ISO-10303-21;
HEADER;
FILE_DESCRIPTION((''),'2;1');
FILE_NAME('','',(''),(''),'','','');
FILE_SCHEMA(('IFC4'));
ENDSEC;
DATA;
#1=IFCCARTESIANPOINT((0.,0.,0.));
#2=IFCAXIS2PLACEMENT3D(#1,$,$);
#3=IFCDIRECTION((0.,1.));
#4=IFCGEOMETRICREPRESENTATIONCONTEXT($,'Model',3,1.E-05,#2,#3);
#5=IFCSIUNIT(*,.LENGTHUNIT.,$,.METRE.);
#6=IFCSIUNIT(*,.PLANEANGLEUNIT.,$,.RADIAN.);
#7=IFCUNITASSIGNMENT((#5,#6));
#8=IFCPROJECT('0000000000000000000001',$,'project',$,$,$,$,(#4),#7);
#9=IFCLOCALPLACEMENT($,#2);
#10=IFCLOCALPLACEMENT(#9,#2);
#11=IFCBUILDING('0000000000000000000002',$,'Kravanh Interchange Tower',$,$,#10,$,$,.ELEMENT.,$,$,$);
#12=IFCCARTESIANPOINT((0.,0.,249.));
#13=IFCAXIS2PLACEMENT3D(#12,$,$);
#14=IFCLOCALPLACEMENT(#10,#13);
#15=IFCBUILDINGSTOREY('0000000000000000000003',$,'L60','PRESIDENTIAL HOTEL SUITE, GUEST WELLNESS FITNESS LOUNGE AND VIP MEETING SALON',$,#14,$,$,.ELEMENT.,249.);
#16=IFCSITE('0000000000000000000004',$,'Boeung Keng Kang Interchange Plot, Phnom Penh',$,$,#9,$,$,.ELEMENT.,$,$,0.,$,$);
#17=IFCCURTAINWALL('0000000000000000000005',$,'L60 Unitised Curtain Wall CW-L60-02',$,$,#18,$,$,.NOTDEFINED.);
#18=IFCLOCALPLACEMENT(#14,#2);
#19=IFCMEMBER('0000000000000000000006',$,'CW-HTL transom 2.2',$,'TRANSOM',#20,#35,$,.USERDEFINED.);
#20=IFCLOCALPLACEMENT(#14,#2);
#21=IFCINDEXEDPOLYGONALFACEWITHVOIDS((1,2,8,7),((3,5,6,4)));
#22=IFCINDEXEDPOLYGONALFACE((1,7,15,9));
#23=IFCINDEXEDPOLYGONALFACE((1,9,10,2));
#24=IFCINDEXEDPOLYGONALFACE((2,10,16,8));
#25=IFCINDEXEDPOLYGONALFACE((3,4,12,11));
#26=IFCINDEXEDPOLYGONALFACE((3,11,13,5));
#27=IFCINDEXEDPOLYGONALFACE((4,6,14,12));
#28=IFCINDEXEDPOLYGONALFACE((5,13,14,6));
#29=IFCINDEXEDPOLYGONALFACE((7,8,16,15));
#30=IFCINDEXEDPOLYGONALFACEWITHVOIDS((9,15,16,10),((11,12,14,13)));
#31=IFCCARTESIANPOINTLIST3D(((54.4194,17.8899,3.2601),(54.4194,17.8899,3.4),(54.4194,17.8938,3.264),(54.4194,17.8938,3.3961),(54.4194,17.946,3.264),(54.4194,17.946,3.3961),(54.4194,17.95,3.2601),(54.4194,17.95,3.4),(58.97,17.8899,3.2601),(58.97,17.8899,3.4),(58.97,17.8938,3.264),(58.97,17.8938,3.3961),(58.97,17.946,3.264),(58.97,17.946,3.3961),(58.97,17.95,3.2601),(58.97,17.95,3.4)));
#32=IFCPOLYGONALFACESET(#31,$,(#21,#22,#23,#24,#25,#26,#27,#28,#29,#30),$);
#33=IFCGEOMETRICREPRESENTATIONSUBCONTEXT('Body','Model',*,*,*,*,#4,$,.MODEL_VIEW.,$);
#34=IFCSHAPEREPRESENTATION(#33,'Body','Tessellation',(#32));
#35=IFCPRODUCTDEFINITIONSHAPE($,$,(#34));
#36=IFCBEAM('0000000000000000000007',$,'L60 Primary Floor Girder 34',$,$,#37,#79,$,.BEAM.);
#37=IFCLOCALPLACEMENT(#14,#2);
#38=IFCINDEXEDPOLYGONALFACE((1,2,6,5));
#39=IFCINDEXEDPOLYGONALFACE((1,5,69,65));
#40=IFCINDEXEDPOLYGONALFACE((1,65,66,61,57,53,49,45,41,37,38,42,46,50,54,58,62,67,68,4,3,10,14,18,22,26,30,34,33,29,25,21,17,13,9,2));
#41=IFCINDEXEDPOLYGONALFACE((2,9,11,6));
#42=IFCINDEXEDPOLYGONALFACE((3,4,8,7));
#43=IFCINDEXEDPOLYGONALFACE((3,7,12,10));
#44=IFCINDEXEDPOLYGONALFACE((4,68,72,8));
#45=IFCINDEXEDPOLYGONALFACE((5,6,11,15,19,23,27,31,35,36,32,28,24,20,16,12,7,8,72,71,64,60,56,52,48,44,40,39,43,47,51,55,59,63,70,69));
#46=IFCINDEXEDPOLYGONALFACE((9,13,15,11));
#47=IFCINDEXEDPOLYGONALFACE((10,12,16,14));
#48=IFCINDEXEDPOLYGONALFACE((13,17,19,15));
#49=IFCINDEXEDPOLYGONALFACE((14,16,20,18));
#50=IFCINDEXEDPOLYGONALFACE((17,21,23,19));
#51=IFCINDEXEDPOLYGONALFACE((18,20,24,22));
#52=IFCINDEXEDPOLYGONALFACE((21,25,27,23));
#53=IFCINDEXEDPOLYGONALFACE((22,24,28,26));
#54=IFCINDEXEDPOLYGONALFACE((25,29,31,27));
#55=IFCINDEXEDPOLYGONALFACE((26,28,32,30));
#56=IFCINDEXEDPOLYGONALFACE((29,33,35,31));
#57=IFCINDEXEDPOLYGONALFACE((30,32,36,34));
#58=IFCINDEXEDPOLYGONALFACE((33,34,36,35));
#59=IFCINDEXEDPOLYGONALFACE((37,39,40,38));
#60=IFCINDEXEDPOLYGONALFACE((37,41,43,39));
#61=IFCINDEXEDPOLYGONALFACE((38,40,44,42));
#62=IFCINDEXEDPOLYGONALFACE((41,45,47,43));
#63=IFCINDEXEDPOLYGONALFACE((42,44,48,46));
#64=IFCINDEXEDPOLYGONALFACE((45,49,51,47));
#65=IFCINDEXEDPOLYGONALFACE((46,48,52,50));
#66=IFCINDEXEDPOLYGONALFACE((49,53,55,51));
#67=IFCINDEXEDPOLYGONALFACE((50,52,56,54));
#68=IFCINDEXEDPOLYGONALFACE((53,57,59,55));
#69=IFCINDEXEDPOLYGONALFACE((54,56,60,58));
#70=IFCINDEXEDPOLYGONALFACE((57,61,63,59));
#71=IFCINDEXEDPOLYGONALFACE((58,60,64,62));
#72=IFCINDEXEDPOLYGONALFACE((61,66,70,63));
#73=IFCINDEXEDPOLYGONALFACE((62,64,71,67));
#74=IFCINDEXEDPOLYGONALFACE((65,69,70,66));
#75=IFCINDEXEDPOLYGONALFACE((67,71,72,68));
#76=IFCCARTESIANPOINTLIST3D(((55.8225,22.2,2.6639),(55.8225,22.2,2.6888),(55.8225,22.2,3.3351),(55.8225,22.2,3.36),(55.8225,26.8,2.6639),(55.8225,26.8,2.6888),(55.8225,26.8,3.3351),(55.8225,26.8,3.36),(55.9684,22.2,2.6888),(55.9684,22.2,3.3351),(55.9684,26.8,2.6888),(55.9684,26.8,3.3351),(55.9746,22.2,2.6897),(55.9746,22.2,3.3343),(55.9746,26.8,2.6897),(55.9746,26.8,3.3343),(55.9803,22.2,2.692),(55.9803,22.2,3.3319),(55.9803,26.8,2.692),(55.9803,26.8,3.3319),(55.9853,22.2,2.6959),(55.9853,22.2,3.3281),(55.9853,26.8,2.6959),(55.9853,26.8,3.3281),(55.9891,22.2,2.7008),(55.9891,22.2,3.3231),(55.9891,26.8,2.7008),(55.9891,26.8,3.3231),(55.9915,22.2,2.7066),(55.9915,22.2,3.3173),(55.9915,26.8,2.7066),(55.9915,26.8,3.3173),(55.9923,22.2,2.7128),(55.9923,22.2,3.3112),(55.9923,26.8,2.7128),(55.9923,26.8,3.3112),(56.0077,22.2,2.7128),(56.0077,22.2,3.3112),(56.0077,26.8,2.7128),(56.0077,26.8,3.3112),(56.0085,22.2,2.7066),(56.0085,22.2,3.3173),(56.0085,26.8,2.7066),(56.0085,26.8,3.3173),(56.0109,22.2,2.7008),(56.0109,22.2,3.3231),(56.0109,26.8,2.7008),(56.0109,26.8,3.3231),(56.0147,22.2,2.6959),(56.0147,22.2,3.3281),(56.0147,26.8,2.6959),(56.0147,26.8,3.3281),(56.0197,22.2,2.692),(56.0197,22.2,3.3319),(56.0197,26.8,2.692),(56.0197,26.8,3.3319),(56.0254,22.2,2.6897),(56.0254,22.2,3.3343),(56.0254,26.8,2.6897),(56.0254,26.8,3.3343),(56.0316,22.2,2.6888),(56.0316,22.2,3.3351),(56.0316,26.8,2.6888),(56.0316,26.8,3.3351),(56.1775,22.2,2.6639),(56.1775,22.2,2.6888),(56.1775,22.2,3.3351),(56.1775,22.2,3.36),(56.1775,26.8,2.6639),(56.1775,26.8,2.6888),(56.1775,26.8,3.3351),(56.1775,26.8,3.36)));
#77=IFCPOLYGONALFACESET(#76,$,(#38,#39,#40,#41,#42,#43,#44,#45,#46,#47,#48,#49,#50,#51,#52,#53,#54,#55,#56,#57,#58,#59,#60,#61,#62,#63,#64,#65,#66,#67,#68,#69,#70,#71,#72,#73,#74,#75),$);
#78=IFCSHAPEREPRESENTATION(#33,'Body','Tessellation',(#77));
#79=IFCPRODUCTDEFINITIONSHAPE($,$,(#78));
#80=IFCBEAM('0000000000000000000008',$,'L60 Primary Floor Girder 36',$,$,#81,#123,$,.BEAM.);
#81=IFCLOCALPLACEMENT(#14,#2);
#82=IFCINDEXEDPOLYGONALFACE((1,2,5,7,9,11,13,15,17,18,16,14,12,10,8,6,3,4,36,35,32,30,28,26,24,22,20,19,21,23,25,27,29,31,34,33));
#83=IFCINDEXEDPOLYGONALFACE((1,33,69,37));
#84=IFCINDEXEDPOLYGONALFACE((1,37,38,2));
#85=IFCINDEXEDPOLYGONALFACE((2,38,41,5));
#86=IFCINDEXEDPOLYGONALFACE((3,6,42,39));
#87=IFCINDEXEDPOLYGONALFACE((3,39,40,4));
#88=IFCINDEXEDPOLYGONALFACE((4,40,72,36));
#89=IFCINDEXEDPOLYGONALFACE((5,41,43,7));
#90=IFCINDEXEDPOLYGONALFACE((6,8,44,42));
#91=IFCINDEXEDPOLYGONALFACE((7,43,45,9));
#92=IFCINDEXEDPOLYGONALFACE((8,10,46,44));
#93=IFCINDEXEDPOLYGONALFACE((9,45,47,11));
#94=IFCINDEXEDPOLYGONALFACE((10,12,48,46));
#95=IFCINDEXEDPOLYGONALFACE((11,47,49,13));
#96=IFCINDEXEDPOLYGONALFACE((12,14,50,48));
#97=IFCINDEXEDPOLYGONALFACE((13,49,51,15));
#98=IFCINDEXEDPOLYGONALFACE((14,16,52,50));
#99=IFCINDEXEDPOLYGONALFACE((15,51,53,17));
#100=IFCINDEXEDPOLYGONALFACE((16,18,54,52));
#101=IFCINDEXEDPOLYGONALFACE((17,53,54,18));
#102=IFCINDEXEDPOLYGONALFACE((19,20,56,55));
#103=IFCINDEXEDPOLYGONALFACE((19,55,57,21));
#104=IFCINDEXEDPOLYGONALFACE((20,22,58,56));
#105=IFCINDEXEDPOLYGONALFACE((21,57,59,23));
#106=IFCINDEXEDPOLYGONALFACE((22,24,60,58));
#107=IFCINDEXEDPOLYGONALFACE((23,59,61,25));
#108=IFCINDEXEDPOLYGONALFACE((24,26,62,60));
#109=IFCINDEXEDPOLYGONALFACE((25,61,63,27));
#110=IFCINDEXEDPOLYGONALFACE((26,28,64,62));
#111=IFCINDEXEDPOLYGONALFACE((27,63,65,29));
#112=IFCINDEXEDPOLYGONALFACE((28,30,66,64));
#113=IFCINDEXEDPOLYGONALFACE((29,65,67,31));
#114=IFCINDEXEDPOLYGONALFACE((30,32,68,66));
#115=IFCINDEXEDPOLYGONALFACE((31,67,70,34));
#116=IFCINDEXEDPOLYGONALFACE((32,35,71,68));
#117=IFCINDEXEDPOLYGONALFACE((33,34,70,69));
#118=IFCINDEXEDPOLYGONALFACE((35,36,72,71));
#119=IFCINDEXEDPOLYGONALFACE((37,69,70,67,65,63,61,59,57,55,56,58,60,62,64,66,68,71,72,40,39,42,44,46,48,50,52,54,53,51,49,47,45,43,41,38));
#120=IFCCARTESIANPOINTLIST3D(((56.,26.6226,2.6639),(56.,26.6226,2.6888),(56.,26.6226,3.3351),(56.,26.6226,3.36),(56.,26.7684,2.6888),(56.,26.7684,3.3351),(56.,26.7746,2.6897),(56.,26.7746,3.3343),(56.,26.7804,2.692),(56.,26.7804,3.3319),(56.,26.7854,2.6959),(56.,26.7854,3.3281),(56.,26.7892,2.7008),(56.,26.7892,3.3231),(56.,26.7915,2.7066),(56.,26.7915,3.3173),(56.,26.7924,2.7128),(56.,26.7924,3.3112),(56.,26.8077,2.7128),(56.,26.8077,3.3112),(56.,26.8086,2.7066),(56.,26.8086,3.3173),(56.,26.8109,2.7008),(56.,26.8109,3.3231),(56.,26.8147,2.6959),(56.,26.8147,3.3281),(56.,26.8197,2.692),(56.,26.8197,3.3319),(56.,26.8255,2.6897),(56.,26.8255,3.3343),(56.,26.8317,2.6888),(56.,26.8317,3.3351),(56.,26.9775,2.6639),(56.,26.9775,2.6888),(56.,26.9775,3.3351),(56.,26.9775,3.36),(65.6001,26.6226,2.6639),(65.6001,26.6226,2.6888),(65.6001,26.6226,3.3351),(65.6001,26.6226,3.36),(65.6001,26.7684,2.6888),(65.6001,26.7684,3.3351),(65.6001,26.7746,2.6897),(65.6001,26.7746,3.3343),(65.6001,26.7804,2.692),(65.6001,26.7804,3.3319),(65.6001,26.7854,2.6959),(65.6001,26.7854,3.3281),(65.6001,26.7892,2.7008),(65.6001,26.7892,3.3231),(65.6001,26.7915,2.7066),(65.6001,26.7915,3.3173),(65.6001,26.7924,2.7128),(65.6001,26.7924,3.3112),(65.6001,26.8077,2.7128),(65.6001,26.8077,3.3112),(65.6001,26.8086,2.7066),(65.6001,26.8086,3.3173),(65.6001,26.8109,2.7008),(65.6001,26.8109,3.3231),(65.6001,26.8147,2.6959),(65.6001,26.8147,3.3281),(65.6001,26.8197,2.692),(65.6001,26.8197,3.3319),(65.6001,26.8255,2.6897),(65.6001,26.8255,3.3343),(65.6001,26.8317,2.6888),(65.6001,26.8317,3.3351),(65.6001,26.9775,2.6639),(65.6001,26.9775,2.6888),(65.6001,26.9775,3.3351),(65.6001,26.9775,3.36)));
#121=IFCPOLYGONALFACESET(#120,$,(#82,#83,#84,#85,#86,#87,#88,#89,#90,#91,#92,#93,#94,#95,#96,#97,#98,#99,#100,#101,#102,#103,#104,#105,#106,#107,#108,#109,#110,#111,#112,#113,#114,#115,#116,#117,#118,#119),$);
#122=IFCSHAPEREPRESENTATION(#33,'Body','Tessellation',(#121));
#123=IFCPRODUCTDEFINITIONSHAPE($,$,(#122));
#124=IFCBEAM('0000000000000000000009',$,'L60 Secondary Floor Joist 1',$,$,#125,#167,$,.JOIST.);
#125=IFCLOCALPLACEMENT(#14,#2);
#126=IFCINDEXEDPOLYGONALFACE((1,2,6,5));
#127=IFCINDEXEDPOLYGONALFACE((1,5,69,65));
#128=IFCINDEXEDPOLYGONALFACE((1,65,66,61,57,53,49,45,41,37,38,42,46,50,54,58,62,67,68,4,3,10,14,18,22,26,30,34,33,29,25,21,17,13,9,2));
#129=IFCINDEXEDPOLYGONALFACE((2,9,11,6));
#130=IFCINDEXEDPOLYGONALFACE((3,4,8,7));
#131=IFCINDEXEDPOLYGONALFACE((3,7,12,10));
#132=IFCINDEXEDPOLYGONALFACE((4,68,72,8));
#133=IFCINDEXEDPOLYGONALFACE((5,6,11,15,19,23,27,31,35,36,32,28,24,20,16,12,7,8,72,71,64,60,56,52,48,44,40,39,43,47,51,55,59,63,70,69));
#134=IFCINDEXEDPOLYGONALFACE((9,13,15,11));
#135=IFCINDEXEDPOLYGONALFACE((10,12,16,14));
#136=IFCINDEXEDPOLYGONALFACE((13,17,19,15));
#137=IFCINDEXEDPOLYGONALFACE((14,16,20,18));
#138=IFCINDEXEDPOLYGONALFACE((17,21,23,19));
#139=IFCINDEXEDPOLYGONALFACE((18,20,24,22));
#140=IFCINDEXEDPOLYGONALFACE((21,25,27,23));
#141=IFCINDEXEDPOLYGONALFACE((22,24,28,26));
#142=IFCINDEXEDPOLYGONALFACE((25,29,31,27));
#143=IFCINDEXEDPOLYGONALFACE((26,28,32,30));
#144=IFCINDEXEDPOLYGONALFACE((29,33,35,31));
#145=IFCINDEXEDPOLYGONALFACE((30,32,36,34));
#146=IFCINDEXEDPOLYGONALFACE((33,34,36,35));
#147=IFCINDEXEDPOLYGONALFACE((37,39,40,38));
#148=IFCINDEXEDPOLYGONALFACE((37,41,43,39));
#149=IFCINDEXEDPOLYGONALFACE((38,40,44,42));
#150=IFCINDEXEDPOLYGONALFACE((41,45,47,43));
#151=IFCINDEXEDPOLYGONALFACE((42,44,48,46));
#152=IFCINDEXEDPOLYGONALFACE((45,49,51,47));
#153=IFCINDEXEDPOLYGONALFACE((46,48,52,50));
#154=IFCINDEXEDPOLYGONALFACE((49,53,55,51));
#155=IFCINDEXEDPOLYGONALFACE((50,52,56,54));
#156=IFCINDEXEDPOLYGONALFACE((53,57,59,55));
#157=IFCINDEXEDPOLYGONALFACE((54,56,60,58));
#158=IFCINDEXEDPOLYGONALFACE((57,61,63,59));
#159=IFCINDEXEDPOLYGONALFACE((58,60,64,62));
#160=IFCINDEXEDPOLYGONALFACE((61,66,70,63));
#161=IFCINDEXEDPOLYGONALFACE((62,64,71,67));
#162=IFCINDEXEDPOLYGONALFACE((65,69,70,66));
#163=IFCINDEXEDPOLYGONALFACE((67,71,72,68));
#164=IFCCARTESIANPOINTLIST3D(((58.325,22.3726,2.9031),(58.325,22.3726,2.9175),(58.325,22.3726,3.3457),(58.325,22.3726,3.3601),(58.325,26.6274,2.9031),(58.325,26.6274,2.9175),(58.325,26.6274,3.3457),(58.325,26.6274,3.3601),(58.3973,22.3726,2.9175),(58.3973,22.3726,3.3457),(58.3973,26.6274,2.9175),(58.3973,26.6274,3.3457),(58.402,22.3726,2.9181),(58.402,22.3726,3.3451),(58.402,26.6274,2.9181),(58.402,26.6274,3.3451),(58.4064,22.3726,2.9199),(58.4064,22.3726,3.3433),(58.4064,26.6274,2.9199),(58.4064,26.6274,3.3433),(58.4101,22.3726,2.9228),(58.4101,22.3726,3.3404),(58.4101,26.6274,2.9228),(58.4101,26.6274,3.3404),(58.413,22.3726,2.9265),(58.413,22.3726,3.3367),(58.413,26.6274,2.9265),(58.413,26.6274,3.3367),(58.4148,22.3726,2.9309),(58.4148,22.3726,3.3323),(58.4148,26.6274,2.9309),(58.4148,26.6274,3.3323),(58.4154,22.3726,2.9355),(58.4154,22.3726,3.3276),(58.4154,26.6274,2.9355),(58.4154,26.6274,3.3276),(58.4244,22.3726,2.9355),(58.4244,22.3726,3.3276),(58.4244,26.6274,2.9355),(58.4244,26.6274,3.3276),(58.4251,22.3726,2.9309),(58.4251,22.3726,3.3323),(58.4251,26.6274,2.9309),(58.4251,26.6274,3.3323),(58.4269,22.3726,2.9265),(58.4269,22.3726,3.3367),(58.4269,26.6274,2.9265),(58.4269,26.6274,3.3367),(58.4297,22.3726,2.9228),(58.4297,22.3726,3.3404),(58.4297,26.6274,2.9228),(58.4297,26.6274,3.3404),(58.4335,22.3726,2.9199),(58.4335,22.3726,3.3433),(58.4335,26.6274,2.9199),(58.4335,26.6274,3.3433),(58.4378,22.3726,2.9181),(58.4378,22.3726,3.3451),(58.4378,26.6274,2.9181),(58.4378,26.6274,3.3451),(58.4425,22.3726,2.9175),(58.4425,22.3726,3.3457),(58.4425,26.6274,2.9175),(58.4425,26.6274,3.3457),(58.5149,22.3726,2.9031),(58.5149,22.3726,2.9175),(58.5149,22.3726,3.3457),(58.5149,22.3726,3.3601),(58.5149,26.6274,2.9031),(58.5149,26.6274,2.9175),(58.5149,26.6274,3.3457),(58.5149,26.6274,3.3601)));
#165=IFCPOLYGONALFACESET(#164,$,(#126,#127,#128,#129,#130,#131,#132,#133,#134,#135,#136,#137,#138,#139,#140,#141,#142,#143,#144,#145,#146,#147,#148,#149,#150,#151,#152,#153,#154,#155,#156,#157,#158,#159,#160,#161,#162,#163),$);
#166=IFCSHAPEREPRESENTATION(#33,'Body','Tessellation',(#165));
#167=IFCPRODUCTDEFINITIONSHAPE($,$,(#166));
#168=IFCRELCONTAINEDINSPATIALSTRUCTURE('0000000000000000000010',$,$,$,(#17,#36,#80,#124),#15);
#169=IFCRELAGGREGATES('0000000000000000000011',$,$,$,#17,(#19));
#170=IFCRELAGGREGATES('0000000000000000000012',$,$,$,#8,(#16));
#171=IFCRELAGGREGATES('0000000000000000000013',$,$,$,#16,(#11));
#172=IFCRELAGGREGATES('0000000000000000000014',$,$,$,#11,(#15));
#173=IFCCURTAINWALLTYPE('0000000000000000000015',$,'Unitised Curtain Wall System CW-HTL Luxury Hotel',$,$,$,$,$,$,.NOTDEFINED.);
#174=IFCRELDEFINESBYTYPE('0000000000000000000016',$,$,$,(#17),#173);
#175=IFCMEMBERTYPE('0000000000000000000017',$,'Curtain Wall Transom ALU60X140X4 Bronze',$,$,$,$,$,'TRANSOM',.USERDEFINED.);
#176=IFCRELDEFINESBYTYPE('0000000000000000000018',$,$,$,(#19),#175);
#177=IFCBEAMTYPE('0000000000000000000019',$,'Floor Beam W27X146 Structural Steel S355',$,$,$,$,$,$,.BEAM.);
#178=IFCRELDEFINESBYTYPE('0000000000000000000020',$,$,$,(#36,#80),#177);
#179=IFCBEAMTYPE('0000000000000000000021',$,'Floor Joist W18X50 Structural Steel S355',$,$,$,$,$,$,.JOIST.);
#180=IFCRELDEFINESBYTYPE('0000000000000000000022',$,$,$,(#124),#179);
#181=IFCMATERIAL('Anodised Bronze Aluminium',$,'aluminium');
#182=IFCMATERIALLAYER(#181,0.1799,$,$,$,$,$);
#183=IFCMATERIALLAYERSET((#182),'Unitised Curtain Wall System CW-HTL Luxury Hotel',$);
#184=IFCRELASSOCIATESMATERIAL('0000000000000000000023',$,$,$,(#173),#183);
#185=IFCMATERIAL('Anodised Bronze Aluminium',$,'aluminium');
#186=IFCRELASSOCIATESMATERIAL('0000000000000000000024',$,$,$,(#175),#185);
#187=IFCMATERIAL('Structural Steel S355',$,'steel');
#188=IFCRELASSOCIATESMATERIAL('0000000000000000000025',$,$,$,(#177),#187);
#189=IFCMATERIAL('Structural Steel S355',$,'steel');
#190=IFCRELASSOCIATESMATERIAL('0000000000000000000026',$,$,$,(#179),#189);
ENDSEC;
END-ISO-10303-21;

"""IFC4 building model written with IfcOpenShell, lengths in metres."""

from ifc_helpers import new_model, si_unit, direction, frame, origin, origin_2d, place, context, subcontext, project, spatial, hollow_rectangle, i_section, extrude, material, layer, layer_set, material_profile, profile_set, type_object, element, aggregate, save


model = new_model("IFC4")

# Units and contexts
model_context = context("Model", 3, precision=1e-05, world=origin(), true_north=direction((0.0, 1.0)))
body_context = subcontext(model_context, "Body", "Model", "MODEL_VIEW")
ifc_project = project(units=[si_unit("LENGTHUNIT", "METRE"), si_unit("PLANEANGLEUNIT", "RADIAN")], contexts=[model_context])

# Site, building, storey
site_placement = place(None, origin())
site = spatial("IfcSite", under=ifc_project, at=site_placement, Name="Boeung Keng Kang Interchange Plot, Phnom Penh", CompositionType="ELEMENT", RefElevation=0.0)
building_placement = place(site_placement, origin())
building = spatial("IfcBuilding", under=site, at=building_placement, Name="Kravanh Interchange Tower", CompositionType="ELEMENT")
storey_placement = place(building_placement, frame((0.0, 0.0, 249.0)))
storey = spatial("IfcBuildingStorey", under=building, at=storey_placement, Name="L60", Description="PRESIDENTIAL HOTEL SUITE, GUEST WELLNESS FITNESS LOUNGE AND VIP MEETING SALON", CompositionType="ELEMENT", Elevation=249.0)

# Curtain wall
ifc_material_1 = material(Name="Anodised Bronze Aluminium", Category="aluminium")
ifc_layer_1 = layer(ifc_material_1, 0.1799)
ifc_layer_set_1 = layer_set([ifc_layer_1], Name="Unitised Curtain Wall System CW-HTL Luxury Hotel")
curtain_wall_type = type_object("IfcCurtainWallType", Name="Unitised Curtain Wall System CW-HTL Luxury Hotel", PredefinedType="NOTDEFINED", material=ifc_layer_set_1)
curtain_wall_1_placement = place(storey_placement, origin())
curtain_wall_1 = element("IfcCurtainWall", 1, at=curtain_wall_1_placement, inside=storey, type_object=curtain_wall_type, Name="L60 Unitised Curtain Wall CW-L60-02", PredefinedType="NOTDEFINED")

# Member
ifc_material_2 = material(Name="Anodised Bronze Aluminium", Category="aluminium")
ifc_material_profile_1 = material_profile(ifc_material_2, hollow_rectangle(XDim=0.0601, YDim=0.1399, WallThickness=0.0039, at=origin_2d()), Name="ALU60X140X4")
ifc_profile_set_1 = profile_set([ifc_material_profile_1], Name="Anodised Bronze Aluminium")
member_type_1 = type_object("IfcMemberType", Name="Curtain Wall Transom ALU60X140X4 Bronze", ElementType="TRANSOM", PredefinedType="USERDEFINED", material=ifc_profile_set_1)
member_1_placement = place(storey_placement, frame((58.97, 17.9199, 3.3301), z_axis=(-1.0, 0.0, 0.0), x_axis=(0.0, -1.0, 0.0)))
member_1 = element("IfcMember", 2, at=member_1_placement, type_object=member_type_1, Name="CW-HTL transom 2.2", ObjectType="TRANSOM", PredefinedType="USERDEFINED", context=body_context, shape_type="SweptSolid", body=[
    extrude(hollow_rectangle(XDim=0.0601, YDim=0.1399, WallThickness=0.0039, at=origin_2d()), origin(), (0.0, 0.0, 1.0), 4.5505),
])

# Beams
ifc_material_3 = material(Name="Structural Steel S355", Category="steel")
ifc_material_profile_2 = material_profile(ifc_material_3, i_section(OverallWidth=0.355, OverallDepth=0.696, WebThickness=0.0154, FlangeThickness=0.0249, FilletRadius=0.0239, at=origin_2d()), Name="W27X146")
ifc_profile_set_2 = profile_set([ifc_material_profile_2], Name="Structural Steel S355")
beam_type_1 = type_object("IfcBeamType", Name="Floor Beam W27X146 Structural Steel S355", PredefinedType="BEAM", material=ifc_profile_set_2)
beam_1_placement = place(storey_placement, frame((56.0, 26.8, 3.012), z_axis=(0.0, -1.0, 0.0), x_axis=(1.0, 0.0, 0.0)))
element("IfcBeam", 3, at=beam_1_placement, inside=storey, type_object=beam_type_1, Name="L60 Primary Floor Girder 34", PredefinedType="BEAM", context=body_context, shape_type="SweptSolid", body=[
    extrude(i_section(OverallWidth=0.355, OverallDepth=0.696, WebThickness=0.0154, FlangeThickness=0.0249, FilletRadius=0.0239, at=origin_2d()), origin(), (0.0, 0.0, 1.0), 4.6001),
])
beam_2_placement = place(storey_placement, frame((56.0, 26.8, 3.012), z_axis=(1.0, 0.0, 0.0), x_axis=(0.0, 1.0, 0.0)))
element("IfcBeam", 4, at=beam_2_placement, inside=storey, type_object=beam_type_1, Name="L60 Primary Floor Girder 36", PredefinedType="BEAM", context=body_context, shape_type="SweptSolid", body=[
    extrude(i_section(OverallWidth=0.355, OverallDepth=0.696, WebThickness=0.0154, FlangeThickness=0.0249, FilletRadius=0.0239, at=origin_2d()), origin(), (0.0, 0.0, 1.0), 9.6001),
])
ifc_material_4 = material(Name="Structural Steel S355", Category="steel")
ifc_material_profile_3 = material_profile(ifc_material_4, i_section(OverallWidth=0.1899, OverallDepth=0.457, WebThickness=0.009, FlangeThickness=0.0144, FilletRadius=0.0181, at=origin_2d()), Name="W18X50")
ifc_profile_set_3 = profile_set([ifc_material_profile_3], Name="Structural Steel S355")
beam_type_2 = type_object("IfcBeamType", Name="Floor Joist W18X50 Structural Steel S355", PredefinedType="JOIST", material=ifc_profile_set_3)
for number, where, z_axis, x_axis, name in (
    (5, (58.4199, 22.3726, 3.1316), (0.0, 1.0, 0.0), (-1.0, 0.0, 0.0), "L60 Secondary Floor Joist 1"),
):
    element("IfcBeam", number, at=place(storey_placement, frame(where, z_axis=z_axis, x_axis=x_axis)), inside=storey, type_object=beam_type_2, Name=name, PredefinedType="JOIST", context=body_context, shape_type="SweptSolid", body=[
        extrude(i_section(OverallWidth=0.1899, OverallDepth=0.457, WebThickness=0.009, FlangeThickness=0.0144, FilletRadius=0.0181, at=origin_2d()), origin(), (0.0, 0.0, 1.0), 4.2549),
    ])

aggregate(curtain_wall_1, [member_1])

save(model, "model.ifc")
